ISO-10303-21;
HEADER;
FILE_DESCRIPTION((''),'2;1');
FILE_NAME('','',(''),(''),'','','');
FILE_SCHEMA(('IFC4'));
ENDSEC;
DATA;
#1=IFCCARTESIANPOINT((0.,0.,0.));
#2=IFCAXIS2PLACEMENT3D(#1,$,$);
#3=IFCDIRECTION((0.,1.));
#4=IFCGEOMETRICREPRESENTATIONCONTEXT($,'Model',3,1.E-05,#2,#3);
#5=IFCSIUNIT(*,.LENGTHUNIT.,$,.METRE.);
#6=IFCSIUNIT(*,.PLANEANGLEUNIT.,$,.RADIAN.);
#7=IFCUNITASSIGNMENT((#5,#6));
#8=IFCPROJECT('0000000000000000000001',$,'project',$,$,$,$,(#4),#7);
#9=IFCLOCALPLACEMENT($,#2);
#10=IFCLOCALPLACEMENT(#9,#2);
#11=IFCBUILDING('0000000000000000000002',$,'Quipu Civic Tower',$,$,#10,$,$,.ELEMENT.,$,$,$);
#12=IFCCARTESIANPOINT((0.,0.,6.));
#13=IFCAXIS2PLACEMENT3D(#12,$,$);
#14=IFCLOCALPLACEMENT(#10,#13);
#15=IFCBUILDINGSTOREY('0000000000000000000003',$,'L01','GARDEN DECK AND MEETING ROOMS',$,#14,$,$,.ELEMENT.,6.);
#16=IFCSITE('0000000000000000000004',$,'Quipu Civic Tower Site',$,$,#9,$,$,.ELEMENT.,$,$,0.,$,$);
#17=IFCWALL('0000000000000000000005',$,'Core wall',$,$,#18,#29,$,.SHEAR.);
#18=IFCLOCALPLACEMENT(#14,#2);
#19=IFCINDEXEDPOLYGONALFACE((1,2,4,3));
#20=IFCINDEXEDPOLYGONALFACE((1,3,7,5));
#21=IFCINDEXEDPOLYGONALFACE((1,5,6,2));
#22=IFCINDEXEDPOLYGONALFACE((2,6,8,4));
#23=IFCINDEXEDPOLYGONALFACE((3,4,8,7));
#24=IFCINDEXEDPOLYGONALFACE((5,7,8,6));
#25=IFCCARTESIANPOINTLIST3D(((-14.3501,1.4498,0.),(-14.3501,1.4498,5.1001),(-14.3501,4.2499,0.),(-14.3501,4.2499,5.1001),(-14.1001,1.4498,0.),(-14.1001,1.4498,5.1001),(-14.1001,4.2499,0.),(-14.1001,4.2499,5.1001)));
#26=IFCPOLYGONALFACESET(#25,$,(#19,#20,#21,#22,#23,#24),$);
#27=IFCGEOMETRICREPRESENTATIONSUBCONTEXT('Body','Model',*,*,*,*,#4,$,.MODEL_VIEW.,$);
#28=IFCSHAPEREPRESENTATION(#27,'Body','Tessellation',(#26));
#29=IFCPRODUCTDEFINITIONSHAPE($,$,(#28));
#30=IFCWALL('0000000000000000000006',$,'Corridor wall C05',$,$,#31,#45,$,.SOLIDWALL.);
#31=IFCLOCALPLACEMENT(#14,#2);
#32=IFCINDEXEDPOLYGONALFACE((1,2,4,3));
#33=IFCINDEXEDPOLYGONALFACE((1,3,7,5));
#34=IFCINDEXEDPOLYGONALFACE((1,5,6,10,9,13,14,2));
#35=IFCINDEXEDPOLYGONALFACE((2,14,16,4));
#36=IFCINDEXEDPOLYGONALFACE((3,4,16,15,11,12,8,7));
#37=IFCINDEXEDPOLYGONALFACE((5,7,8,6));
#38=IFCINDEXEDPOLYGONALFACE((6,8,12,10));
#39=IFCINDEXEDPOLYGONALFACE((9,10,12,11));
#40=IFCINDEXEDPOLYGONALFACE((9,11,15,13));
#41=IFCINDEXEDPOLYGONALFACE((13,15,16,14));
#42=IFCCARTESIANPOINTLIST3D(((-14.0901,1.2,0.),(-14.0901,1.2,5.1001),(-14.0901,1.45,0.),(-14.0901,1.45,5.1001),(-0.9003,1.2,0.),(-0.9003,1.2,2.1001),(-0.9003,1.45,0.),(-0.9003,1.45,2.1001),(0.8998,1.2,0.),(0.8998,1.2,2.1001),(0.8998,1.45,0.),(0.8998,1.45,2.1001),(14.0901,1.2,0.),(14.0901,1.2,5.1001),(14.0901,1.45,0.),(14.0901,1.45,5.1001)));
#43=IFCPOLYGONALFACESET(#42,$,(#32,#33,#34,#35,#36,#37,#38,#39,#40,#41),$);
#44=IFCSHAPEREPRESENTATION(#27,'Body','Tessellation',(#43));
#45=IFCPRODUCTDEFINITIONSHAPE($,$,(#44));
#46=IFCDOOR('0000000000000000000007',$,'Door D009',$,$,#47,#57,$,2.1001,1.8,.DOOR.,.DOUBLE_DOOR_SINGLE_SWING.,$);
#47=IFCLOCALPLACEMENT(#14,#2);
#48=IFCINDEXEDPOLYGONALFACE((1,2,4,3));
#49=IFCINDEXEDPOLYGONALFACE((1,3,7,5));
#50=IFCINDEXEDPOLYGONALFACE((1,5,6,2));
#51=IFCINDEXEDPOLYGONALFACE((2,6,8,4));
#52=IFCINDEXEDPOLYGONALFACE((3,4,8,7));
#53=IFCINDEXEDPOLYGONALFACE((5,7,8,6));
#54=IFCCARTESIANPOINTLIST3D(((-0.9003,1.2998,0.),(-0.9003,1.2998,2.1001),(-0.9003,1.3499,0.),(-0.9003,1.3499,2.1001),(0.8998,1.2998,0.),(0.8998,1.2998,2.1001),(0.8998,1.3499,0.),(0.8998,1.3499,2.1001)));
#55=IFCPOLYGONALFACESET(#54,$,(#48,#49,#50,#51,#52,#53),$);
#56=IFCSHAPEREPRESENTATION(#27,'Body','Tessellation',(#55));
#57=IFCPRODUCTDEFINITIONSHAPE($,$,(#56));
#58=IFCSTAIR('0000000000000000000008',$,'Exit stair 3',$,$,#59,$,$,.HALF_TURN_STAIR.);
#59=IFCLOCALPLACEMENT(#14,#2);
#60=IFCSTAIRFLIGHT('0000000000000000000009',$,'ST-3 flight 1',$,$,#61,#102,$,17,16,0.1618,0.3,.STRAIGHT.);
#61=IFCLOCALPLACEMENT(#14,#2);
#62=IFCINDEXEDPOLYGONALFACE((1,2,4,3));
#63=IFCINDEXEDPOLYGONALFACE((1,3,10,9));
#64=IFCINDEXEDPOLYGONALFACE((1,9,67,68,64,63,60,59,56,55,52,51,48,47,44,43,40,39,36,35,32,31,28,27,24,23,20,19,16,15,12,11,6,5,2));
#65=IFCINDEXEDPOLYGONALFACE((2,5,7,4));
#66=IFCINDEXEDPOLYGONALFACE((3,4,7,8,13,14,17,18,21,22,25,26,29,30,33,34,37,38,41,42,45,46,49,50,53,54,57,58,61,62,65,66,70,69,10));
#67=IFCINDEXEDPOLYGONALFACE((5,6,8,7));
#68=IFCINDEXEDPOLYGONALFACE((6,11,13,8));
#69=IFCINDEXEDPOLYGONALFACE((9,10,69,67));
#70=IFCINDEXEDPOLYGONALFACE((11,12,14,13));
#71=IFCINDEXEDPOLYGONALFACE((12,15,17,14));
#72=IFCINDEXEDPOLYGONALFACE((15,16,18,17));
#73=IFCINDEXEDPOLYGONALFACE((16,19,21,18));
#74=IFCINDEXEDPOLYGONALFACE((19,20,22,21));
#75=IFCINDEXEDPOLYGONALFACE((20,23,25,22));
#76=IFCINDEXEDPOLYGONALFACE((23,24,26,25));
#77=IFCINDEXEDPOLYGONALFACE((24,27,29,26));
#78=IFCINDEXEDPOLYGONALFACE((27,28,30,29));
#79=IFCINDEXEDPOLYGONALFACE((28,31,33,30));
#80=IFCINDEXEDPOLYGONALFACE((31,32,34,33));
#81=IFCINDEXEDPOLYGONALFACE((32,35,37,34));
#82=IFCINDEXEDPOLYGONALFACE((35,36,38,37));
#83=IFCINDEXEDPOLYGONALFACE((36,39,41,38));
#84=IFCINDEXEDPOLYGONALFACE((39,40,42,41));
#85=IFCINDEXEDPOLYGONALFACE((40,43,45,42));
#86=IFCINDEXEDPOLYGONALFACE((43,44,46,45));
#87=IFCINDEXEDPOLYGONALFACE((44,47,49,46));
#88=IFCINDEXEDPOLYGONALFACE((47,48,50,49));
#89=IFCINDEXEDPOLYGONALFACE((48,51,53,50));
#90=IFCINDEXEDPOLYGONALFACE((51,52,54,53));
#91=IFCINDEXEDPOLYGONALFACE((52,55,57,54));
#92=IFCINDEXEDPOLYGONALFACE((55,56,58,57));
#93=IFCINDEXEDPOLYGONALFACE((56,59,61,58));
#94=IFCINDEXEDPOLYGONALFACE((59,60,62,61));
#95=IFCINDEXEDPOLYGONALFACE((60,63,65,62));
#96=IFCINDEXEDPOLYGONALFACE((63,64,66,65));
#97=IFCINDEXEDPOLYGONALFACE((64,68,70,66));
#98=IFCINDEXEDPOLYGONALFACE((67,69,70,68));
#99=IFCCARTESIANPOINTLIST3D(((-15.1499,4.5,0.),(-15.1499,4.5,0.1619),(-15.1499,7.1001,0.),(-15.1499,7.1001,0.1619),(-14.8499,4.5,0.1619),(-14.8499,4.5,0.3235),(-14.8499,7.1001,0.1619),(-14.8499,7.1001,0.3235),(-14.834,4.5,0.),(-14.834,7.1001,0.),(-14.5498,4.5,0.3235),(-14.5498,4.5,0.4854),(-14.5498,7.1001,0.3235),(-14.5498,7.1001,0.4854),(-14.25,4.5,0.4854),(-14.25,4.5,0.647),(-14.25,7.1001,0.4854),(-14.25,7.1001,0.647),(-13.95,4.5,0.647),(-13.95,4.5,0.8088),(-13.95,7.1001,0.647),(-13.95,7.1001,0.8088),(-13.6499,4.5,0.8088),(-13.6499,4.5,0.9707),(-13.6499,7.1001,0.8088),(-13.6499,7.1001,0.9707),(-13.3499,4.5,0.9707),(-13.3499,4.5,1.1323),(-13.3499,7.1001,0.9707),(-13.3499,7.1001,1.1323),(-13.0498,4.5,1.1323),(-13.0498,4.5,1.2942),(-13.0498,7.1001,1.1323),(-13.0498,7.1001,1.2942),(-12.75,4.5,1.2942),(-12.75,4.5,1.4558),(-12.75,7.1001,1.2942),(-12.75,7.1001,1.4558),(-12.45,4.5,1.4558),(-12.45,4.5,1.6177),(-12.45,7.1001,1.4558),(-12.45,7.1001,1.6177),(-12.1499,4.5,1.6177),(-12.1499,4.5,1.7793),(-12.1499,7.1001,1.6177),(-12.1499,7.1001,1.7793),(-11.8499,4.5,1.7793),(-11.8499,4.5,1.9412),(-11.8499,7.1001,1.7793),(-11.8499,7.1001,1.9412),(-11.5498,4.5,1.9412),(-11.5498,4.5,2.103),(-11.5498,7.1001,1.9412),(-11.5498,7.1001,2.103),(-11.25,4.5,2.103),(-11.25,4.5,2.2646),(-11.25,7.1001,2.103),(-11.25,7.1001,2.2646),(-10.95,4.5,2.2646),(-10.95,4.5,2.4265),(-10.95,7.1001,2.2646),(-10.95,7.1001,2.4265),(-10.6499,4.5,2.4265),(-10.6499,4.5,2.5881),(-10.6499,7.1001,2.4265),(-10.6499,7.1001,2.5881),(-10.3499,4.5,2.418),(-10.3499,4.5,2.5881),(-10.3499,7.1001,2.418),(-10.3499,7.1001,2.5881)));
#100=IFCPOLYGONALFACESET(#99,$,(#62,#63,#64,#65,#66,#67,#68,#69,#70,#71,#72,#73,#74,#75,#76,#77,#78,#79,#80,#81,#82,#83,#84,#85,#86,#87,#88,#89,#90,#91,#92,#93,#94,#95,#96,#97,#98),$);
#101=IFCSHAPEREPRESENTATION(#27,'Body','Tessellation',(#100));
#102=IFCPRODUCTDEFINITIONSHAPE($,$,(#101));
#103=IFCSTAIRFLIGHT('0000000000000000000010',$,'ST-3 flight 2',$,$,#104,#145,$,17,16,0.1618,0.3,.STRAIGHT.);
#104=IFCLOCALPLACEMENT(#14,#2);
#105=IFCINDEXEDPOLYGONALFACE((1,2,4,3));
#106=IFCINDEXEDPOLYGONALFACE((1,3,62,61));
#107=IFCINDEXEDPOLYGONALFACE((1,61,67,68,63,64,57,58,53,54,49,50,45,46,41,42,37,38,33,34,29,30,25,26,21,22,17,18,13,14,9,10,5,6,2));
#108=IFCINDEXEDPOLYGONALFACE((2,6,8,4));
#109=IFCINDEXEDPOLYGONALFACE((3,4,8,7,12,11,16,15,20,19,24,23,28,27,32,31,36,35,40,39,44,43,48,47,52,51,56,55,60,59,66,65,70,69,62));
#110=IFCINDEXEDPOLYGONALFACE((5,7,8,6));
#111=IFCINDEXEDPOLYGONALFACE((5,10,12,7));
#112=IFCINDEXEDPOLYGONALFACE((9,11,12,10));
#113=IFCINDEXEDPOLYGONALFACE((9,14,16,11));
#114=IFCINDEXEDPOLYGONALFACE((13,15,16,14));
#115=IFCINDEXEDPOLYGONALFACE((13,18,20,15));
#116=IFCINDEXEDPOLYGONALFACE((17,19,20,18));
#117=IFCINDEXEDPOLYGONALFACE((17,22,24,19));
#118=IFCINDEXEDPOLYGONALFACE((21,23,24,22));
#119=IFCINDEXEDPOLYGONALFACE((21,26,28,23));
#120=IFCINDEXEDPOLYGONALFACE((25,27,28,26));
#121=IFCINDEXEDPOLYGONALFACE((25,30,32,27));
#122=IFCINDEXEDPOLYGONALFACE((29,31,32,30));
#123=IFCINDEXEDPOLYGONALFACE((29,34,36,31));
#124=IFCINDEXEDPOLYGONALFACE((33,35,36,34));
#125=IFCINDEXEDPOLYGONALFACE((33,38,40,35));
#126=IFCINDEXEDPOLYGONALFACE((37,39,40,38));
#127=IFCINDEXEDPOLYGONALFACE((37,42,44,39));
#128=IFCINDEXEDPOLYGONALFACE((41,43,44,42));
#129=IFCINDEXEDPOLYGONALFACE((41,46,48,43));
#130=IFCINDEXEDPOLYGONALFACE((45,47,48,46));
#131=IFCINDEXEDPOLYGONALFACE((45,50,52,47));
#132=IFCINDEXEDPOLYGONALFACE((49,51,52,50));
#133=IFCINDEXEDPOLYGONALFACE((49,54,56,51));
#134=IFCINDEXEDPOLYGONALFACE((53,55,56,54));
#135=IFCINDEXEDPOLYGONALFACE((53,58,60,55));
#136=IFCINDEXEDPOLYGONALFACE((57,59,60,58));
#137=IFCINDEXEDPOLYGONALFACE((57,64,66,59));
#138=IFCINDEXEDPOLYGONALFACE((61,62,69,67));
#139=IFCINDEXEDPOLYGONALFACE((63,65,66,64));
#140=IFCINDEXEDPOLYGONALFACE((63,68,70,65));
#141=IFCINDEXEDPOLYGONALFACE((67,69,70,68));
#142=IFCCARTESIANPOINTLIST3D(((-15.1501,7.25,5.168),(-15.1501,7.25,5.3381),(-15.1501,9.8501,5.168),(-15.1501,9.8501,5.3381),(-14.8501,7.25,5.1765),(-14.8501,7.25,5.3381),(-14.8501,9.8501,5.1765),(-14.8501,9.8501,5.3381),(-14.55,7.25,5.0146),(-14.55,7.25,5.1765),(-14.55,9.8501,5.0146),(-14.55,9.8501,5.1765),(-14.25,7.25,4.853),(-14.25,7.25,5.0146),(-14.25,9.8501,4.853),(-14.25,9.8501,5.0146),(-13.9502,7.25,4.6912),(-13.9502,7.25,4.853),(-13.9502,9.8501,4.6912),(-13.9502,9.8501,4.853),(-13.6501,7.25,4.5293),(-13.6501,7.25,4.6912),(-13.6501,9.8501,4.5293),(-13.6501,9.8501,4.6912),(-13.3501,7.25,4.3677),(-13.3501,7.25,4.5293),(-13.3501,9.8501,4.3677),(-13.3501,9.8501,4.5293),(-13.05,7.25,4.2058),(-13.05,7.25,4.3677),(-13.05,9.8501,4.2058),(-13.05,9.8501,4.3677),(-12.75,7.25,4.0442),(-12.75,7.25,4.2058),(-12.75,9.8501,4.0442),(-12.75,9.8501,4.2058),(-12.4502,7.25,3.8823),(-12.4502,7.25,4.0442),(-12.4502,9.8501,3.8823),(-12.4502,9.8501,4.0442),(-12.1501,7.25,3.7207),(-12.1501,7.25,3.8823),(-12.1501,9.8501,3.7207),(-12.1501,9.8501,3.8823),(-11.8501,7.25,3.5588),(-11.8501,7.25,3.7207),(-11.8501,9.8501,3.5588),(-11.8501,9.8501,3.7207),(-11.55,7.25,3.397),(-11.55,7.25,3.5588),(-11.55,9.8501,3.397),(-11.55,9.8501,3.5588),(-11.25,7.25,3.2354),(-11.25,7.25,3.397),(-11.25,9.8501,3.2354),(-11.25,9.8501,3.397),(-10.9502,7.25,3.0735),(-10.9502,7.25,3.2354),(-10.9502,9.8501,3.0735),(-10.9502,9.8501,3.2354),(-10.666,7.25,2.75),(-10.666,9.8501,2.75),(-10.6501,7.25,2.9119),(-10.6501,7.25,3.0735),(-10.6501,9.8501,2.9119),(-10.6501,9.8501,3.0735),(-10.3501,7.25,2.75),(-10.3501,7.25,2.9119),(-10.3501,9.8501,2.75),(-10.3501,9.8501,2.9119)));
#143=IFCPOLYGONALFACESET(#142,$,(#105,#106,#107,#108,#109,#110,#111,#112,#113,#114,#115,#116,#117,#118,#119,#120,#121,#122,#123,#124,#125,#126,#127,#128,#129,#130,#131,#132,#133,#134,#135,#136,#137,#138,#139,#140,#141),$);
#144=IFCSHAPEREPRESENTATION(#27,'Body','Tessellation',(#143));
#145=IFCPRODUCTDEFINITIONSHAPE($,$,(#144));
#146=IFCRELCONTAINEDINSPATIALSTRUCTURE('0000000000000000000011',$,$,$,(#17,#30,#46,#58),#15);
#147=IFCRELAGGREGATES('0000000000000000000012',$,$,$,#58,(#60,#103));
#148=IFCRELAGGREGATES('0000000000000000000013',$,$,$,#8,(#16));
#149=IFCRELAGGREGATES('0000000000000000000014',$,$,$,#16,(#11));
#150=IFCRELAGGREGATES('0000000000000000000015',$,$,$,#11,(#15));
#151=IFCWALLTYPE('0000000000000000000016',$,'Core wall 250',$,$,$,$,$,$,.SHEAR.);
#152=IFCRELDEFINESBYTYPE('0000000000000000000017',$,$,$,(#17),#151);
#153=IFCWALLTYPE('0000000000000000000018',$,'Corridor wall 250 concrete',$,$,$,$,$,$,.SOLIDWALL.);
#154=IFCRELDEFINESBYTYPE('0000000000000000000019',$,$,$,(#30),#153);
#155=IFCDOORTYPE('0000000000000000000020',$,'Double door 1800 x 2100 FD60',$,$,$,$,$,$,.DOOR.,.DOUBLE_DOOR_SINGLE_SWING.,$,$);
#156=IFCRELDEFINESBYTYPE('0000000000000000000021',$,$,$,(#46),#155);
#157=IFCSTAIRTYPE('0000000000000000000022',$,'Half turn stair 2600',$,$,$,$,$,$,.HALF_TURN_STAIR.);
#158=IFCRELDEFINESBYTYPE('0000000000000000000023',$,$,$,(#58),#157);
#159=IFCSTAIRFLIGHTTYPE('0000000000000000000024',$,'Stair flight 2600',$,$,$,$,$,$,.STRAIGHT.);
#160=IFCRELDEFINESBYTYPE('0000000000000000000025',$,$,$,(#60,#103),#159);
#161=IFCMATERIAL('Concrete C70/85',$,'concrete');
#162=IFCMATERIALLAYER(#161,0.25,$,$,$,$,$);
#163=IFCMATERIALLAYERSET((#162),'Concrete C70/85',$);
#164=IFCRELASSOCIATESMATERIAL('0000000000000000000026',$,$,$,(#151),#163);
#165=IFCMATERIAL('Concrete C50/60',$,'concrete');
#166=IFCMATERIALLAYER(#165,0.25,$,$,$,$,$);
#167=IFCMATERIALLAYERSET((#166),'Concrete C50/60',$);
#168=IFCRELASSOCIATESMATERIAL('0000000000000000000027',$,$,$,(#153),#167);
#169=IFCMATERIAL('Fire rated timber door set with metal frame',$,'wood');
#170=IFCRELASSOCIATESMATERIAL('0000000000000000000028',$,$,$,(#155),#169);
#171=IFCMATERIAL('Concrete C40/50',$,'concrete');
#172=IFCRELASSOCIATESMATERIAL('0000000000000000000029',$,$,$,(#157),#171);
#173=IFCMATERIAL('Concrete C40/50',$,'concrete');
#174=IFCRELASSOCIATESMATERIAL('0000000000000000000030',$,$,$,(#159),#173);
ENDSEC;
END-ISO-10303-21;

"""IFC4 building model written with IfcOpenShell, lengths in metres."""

from ifc_helpers import new_model, si_unit, direction, frame, frame_2d, origin, place, context, subcontext, project, spatial, polyline, rectangle, outline, extrude, material, layer, layer_set, type_object, element, fill, aggregate, save


model = new_model("IFC4")

# Units and contexts
model_context = context("Model", 3, precision=1e-05, world=origin(), true_north=direction((0.0, 1.0)))
body_context = subcontext(model_context, "Body", "Model", "MODEL_VIEW")
ifc_project = project(units=[si_unit("LENGTHUNIT", "METRE"), si_unit("PLANEANGLEUNIT", "RADIAN")], contexts=[model_context])

# Site, building, storey
site_placement = place(None, origin())
site = spatial("IfcSite", under=ifc_project, at=site_placement, Name="Quipu Civic Tower Site", CompositionType="ELEMENT", RefElevation=0.0)
building_placement = place(site_placement, origin())
building = spatial("IfcBuilding", under=site, at=building_placement, Name="Quipu Civic Tower", CompositionType="ELEMENT")
storey_placement = place(building_placement, frame((0.0, 0.0, 6.0)))
storey = spatial("IfcBuildingStorey", under=building, at=storey_placement, Name="L01", Description="GARDEN DECK AND MEETING ROOMS", CompositionType="ELEMENT", Elevation=6.0)

# Wall
ifc_material_1 = material(Name="Concrete C70/85", Category="concrete")
ifc_layer_1 = layer(ifc_material_1, 0.25)
ifc_layer_set_1 = layer_set([ifc_layer_1], Name="Concrete C70/85")
wall_type_1 = type_object("IfcWallType", Name="Core wall 250", PredefinedType="SHEAR", material=ifc_layer_set_1)
wall_1_placement = place(storey_placement, frame((-14.2251, 1.45, 0.0), z_axis=(0.0, 0.0, 1.0), x_axis=(0.0, 1.0, 0.0)))
element("IfcWall", 1, at=wall_1_placement, inside=storey, type_object=wall_type_1, Name="Core wall", PredefinedType="SHEAR", context=body_context, shape_type="SweptSolid", body=[
    extrude(rectangle(XDim=2.8, YDim=0.25, at=frame_2d((1.3999, 0.0))), origin(), (0.0, 0.0, 1.0), 5.1001),
])

# Wall, opening, door
ifc_material_2 = material(Name="Concrete C50/60", Category="concrete")
ifc_layer_2 = layer(ifc_material_2, 0.25)
ifc_layer_set_2 = layer_set([ifc_layer_2], Name="Concrete C50/60")
wall_type_2 = type_object("IfcWallType", Name="Corridor wall 250 concrete", PredefinedType="SOLIDWALL", material=ifc_layer_set_2)
wall_2_placement = place(storey_placement, frame((-14.0901, 1.325, 0.0), z_axis=(0.0, 0.0, 1.0), x_axis=(1.0, 0.0, 0.0)))
wall_2 = element("IfcWall", 2, at=wall_2_placement, inside=storey, type_object=wall_type_2, Name="Corridor wall C05", PredefinedType="SOLIDWALL", context=body_context, shape_type="SweptSolid", body=[
    extrude(rectangle(XDim=28.1802, YDim=0.25, at=frame_2d((14.0901, 0.0))), origin(), (0.0, 0.0, 1.0), 5.1001),
])
opening_placement = place(wall_2_placement, frame((13.1899, 0.0, 0.0)))
opening = element("IfcOpeningElement", 3, at=opening_placement, cuts=wall_2, PredefinedType="OPENING", context=body_context, shape_type="SweptSolid", body=[
    extrude(rectangle(XDim=1.8, YDim=2.1001, at=frame_2d((0.8999, 1.05))), frame((0.0, 0.135, 0.0), z_axis=(0.0, -1.0, 0.0), x_axis=(1.0, 0.0, 0.0)), (0.0, 0.0, 1.0), 0.27),
])
ifc_material_3 = material(Name="Fire rated timber door set with metal frame", Category="wood")
door_type = type_object("IfcDoorType", Name="Double door 1800 x 2100 FD60", OperationType="DOUBLE_DOOR_SINGLE_SWING", PredefinedType="DOOR", material=ifc_material_3)
door_placement = place(opening_placement, origin())
door = element("IfcDoor", 4, at=door_placement, inside=storey, type_object=door_type, Name="Door D009", OperationType="DOUBLE_DOOR_SINGLE_SWING", OverallHeight=2.1001, OverallWidth=1.8, PredefinedType="DOOR", context=body_context, shape_type="SweptSolid", body=[
    extrude(rectangle(XDim=1.8, YDim=2.1001, at=frame_2d((0.8999, 1.05))), frame((0.0, 0.0249, 0.0), z_axis=(0.0, -1.0, 0.0), x_axis=(1.0, 0.0, 0.0)), (0.0, 0.0, 1.0), 0.05),
])
fill(opening, door)

# Stair, stair flights
ifc_material_4 = material(Name="Concrete C40/50", Category="concrete")
stair_type = type_object("IfcStairType", Name="Half turn stair 2600", PredefinedType="HALF_TURN_STAIR", material=ifc_material_4)
stair_placement = place(storey_placement, origin())
stair = element("IfcStair", 5, at=stair_placement, inside=storey, type_object=stair_type, Name="Exit stair 3", PredefinedType="HALF_TURN_STAIR")
ifc_material_5 = material(Name="Concrete C40/50", Category="concrete")
stair_flight_type = type_object("IfcStairFlightType", Name="Stair flight 2600", PredefinedType="STRAIGHT", material=ifc_material_5)
stair_flight_1_placement = place(storey_placement, frame((-15.1499, 5.8, 0.0), z_axis=(0.0, 0.0, 1.0), x_axis=(1.0, 0.0, 0.0)))
stair_flight_1 = element("IfcStairFlight", 6, at=stair_flight_1_placement, type_object=stair_flight_type, Name="ST-3 flight 1", NumberOfRisers=17, NumberOfTreads=16, PredefinedType="STRAIGHT", RiserHeight=0.1618, TreadLength=0.3, context=body_context, shape_type="SweptSolid", body=[
    extrude(outline(polyline([(0.0, 0.0), (0.0, 0.1619), (0.3, 0.1619), (0.3, 0.3235), (0.6001, 0.3235), (0.6001, 0.4854), (0.8999, 0.4854), (0.8999, 0.647), (1.2, 0.647), (1.2, 0.8088), (1.5, 0.8088), (1.5, 0.9707), (1.8, 0.9707), (1.8, 1.1323), (2.1001, 1.1323), (2.1001, 1.2942), (2.3999, 1.2942), (2.3999, 1.4558), (2.7, 1.4558), (2.7, 1.6177), (3.0, 1.6177), (3.0, 1.7793), (3.3, 1.7793), (3.3, 1.9412), (3.6001, 1.9412), (3.6001, 2.103), (3.8999, 2.103), (3.8999, 2.2646), (4.2, 2.2646), (4.2, 2.4265), (4.5, 2.4265), (4.5, 2.5881), (4.8, 2.5881), (4.8, 2.75), (4.8, 2.418), (0.3159, 0.0), (0.0, 0.0)])), frame((0.0, 1.3, 0.0), z_axis=(0.0, -1.0, 0.0), x_axis=(1.0, 0.0, 0.0)), (0.0, 0.0, 1.0), 2.6001),
])
stair_flight_2_placement = place(storey_placement, frame((-10.3501, 8.55, 2.75), z_axis=(0.0, 0.0, 1.0), x_axis=(-1.0, 0.0, 0.0)))
stair_flight_2 = element("IfcStairFlight", 7, at=stair_flight_2_placement, type_object=stair_flight_type, Name="ST-3 flight 2", NumberOfRisers=17, NumberOfTreads=16, PredefinedType="STRAIGHT", RiserHeight=0.1618, TreadLength=0.3, context=body_context, shape_type="SweptSolid", body=[
    extrude(outline(polyline([(0.0, 0.0), (0.0, 0.1619), (0.3, 0.1619), (0.3, 0.3235), (0.6001, 0.3235), (0.6001, 0.4854), (0.8999, 0.4854), (0.8999, 0.647), (1.2, 0.647), (1.2, 0.8088), (1.5, 0.8088), (1.5, 0.9707), (1.8, 0.9707), (1.8, 1.1323), (2.1001, 1.1323), (2.1001, 1.2942), (2.3999, 1.2942), (2.3999, 1.4558), (2.7, 1.4558), (2.7, 1.6177), (3.0, 1.6177), (3.0, 1.7793), (3.3, 1.7793), (3.3, 1.9412), (3.6001, 1.9412), (3.6001, 2.103), (3.8999, 2.103), (3.8999, 2.2646), (4.2, 2.2646), (4.2, 2.4265), (4.5, 2.4265), (4.5, 2.5881), (4.8, 2.5881), (4.8, 2.75), (4.8, 2.418), (0.3159, 0.0), (0.0, 0.0)])), frame((0.0, 1.3, 0.0), z_axis=(0.0, -1.0, 0.0), x_axis=(1.0, 0.0, 0.0)), (0.0, 0.0, 1.0), 2.6001),
])
aggregate(stair, [stair_flight_1, stair_flight_2])

save(model, "model.ifc")
